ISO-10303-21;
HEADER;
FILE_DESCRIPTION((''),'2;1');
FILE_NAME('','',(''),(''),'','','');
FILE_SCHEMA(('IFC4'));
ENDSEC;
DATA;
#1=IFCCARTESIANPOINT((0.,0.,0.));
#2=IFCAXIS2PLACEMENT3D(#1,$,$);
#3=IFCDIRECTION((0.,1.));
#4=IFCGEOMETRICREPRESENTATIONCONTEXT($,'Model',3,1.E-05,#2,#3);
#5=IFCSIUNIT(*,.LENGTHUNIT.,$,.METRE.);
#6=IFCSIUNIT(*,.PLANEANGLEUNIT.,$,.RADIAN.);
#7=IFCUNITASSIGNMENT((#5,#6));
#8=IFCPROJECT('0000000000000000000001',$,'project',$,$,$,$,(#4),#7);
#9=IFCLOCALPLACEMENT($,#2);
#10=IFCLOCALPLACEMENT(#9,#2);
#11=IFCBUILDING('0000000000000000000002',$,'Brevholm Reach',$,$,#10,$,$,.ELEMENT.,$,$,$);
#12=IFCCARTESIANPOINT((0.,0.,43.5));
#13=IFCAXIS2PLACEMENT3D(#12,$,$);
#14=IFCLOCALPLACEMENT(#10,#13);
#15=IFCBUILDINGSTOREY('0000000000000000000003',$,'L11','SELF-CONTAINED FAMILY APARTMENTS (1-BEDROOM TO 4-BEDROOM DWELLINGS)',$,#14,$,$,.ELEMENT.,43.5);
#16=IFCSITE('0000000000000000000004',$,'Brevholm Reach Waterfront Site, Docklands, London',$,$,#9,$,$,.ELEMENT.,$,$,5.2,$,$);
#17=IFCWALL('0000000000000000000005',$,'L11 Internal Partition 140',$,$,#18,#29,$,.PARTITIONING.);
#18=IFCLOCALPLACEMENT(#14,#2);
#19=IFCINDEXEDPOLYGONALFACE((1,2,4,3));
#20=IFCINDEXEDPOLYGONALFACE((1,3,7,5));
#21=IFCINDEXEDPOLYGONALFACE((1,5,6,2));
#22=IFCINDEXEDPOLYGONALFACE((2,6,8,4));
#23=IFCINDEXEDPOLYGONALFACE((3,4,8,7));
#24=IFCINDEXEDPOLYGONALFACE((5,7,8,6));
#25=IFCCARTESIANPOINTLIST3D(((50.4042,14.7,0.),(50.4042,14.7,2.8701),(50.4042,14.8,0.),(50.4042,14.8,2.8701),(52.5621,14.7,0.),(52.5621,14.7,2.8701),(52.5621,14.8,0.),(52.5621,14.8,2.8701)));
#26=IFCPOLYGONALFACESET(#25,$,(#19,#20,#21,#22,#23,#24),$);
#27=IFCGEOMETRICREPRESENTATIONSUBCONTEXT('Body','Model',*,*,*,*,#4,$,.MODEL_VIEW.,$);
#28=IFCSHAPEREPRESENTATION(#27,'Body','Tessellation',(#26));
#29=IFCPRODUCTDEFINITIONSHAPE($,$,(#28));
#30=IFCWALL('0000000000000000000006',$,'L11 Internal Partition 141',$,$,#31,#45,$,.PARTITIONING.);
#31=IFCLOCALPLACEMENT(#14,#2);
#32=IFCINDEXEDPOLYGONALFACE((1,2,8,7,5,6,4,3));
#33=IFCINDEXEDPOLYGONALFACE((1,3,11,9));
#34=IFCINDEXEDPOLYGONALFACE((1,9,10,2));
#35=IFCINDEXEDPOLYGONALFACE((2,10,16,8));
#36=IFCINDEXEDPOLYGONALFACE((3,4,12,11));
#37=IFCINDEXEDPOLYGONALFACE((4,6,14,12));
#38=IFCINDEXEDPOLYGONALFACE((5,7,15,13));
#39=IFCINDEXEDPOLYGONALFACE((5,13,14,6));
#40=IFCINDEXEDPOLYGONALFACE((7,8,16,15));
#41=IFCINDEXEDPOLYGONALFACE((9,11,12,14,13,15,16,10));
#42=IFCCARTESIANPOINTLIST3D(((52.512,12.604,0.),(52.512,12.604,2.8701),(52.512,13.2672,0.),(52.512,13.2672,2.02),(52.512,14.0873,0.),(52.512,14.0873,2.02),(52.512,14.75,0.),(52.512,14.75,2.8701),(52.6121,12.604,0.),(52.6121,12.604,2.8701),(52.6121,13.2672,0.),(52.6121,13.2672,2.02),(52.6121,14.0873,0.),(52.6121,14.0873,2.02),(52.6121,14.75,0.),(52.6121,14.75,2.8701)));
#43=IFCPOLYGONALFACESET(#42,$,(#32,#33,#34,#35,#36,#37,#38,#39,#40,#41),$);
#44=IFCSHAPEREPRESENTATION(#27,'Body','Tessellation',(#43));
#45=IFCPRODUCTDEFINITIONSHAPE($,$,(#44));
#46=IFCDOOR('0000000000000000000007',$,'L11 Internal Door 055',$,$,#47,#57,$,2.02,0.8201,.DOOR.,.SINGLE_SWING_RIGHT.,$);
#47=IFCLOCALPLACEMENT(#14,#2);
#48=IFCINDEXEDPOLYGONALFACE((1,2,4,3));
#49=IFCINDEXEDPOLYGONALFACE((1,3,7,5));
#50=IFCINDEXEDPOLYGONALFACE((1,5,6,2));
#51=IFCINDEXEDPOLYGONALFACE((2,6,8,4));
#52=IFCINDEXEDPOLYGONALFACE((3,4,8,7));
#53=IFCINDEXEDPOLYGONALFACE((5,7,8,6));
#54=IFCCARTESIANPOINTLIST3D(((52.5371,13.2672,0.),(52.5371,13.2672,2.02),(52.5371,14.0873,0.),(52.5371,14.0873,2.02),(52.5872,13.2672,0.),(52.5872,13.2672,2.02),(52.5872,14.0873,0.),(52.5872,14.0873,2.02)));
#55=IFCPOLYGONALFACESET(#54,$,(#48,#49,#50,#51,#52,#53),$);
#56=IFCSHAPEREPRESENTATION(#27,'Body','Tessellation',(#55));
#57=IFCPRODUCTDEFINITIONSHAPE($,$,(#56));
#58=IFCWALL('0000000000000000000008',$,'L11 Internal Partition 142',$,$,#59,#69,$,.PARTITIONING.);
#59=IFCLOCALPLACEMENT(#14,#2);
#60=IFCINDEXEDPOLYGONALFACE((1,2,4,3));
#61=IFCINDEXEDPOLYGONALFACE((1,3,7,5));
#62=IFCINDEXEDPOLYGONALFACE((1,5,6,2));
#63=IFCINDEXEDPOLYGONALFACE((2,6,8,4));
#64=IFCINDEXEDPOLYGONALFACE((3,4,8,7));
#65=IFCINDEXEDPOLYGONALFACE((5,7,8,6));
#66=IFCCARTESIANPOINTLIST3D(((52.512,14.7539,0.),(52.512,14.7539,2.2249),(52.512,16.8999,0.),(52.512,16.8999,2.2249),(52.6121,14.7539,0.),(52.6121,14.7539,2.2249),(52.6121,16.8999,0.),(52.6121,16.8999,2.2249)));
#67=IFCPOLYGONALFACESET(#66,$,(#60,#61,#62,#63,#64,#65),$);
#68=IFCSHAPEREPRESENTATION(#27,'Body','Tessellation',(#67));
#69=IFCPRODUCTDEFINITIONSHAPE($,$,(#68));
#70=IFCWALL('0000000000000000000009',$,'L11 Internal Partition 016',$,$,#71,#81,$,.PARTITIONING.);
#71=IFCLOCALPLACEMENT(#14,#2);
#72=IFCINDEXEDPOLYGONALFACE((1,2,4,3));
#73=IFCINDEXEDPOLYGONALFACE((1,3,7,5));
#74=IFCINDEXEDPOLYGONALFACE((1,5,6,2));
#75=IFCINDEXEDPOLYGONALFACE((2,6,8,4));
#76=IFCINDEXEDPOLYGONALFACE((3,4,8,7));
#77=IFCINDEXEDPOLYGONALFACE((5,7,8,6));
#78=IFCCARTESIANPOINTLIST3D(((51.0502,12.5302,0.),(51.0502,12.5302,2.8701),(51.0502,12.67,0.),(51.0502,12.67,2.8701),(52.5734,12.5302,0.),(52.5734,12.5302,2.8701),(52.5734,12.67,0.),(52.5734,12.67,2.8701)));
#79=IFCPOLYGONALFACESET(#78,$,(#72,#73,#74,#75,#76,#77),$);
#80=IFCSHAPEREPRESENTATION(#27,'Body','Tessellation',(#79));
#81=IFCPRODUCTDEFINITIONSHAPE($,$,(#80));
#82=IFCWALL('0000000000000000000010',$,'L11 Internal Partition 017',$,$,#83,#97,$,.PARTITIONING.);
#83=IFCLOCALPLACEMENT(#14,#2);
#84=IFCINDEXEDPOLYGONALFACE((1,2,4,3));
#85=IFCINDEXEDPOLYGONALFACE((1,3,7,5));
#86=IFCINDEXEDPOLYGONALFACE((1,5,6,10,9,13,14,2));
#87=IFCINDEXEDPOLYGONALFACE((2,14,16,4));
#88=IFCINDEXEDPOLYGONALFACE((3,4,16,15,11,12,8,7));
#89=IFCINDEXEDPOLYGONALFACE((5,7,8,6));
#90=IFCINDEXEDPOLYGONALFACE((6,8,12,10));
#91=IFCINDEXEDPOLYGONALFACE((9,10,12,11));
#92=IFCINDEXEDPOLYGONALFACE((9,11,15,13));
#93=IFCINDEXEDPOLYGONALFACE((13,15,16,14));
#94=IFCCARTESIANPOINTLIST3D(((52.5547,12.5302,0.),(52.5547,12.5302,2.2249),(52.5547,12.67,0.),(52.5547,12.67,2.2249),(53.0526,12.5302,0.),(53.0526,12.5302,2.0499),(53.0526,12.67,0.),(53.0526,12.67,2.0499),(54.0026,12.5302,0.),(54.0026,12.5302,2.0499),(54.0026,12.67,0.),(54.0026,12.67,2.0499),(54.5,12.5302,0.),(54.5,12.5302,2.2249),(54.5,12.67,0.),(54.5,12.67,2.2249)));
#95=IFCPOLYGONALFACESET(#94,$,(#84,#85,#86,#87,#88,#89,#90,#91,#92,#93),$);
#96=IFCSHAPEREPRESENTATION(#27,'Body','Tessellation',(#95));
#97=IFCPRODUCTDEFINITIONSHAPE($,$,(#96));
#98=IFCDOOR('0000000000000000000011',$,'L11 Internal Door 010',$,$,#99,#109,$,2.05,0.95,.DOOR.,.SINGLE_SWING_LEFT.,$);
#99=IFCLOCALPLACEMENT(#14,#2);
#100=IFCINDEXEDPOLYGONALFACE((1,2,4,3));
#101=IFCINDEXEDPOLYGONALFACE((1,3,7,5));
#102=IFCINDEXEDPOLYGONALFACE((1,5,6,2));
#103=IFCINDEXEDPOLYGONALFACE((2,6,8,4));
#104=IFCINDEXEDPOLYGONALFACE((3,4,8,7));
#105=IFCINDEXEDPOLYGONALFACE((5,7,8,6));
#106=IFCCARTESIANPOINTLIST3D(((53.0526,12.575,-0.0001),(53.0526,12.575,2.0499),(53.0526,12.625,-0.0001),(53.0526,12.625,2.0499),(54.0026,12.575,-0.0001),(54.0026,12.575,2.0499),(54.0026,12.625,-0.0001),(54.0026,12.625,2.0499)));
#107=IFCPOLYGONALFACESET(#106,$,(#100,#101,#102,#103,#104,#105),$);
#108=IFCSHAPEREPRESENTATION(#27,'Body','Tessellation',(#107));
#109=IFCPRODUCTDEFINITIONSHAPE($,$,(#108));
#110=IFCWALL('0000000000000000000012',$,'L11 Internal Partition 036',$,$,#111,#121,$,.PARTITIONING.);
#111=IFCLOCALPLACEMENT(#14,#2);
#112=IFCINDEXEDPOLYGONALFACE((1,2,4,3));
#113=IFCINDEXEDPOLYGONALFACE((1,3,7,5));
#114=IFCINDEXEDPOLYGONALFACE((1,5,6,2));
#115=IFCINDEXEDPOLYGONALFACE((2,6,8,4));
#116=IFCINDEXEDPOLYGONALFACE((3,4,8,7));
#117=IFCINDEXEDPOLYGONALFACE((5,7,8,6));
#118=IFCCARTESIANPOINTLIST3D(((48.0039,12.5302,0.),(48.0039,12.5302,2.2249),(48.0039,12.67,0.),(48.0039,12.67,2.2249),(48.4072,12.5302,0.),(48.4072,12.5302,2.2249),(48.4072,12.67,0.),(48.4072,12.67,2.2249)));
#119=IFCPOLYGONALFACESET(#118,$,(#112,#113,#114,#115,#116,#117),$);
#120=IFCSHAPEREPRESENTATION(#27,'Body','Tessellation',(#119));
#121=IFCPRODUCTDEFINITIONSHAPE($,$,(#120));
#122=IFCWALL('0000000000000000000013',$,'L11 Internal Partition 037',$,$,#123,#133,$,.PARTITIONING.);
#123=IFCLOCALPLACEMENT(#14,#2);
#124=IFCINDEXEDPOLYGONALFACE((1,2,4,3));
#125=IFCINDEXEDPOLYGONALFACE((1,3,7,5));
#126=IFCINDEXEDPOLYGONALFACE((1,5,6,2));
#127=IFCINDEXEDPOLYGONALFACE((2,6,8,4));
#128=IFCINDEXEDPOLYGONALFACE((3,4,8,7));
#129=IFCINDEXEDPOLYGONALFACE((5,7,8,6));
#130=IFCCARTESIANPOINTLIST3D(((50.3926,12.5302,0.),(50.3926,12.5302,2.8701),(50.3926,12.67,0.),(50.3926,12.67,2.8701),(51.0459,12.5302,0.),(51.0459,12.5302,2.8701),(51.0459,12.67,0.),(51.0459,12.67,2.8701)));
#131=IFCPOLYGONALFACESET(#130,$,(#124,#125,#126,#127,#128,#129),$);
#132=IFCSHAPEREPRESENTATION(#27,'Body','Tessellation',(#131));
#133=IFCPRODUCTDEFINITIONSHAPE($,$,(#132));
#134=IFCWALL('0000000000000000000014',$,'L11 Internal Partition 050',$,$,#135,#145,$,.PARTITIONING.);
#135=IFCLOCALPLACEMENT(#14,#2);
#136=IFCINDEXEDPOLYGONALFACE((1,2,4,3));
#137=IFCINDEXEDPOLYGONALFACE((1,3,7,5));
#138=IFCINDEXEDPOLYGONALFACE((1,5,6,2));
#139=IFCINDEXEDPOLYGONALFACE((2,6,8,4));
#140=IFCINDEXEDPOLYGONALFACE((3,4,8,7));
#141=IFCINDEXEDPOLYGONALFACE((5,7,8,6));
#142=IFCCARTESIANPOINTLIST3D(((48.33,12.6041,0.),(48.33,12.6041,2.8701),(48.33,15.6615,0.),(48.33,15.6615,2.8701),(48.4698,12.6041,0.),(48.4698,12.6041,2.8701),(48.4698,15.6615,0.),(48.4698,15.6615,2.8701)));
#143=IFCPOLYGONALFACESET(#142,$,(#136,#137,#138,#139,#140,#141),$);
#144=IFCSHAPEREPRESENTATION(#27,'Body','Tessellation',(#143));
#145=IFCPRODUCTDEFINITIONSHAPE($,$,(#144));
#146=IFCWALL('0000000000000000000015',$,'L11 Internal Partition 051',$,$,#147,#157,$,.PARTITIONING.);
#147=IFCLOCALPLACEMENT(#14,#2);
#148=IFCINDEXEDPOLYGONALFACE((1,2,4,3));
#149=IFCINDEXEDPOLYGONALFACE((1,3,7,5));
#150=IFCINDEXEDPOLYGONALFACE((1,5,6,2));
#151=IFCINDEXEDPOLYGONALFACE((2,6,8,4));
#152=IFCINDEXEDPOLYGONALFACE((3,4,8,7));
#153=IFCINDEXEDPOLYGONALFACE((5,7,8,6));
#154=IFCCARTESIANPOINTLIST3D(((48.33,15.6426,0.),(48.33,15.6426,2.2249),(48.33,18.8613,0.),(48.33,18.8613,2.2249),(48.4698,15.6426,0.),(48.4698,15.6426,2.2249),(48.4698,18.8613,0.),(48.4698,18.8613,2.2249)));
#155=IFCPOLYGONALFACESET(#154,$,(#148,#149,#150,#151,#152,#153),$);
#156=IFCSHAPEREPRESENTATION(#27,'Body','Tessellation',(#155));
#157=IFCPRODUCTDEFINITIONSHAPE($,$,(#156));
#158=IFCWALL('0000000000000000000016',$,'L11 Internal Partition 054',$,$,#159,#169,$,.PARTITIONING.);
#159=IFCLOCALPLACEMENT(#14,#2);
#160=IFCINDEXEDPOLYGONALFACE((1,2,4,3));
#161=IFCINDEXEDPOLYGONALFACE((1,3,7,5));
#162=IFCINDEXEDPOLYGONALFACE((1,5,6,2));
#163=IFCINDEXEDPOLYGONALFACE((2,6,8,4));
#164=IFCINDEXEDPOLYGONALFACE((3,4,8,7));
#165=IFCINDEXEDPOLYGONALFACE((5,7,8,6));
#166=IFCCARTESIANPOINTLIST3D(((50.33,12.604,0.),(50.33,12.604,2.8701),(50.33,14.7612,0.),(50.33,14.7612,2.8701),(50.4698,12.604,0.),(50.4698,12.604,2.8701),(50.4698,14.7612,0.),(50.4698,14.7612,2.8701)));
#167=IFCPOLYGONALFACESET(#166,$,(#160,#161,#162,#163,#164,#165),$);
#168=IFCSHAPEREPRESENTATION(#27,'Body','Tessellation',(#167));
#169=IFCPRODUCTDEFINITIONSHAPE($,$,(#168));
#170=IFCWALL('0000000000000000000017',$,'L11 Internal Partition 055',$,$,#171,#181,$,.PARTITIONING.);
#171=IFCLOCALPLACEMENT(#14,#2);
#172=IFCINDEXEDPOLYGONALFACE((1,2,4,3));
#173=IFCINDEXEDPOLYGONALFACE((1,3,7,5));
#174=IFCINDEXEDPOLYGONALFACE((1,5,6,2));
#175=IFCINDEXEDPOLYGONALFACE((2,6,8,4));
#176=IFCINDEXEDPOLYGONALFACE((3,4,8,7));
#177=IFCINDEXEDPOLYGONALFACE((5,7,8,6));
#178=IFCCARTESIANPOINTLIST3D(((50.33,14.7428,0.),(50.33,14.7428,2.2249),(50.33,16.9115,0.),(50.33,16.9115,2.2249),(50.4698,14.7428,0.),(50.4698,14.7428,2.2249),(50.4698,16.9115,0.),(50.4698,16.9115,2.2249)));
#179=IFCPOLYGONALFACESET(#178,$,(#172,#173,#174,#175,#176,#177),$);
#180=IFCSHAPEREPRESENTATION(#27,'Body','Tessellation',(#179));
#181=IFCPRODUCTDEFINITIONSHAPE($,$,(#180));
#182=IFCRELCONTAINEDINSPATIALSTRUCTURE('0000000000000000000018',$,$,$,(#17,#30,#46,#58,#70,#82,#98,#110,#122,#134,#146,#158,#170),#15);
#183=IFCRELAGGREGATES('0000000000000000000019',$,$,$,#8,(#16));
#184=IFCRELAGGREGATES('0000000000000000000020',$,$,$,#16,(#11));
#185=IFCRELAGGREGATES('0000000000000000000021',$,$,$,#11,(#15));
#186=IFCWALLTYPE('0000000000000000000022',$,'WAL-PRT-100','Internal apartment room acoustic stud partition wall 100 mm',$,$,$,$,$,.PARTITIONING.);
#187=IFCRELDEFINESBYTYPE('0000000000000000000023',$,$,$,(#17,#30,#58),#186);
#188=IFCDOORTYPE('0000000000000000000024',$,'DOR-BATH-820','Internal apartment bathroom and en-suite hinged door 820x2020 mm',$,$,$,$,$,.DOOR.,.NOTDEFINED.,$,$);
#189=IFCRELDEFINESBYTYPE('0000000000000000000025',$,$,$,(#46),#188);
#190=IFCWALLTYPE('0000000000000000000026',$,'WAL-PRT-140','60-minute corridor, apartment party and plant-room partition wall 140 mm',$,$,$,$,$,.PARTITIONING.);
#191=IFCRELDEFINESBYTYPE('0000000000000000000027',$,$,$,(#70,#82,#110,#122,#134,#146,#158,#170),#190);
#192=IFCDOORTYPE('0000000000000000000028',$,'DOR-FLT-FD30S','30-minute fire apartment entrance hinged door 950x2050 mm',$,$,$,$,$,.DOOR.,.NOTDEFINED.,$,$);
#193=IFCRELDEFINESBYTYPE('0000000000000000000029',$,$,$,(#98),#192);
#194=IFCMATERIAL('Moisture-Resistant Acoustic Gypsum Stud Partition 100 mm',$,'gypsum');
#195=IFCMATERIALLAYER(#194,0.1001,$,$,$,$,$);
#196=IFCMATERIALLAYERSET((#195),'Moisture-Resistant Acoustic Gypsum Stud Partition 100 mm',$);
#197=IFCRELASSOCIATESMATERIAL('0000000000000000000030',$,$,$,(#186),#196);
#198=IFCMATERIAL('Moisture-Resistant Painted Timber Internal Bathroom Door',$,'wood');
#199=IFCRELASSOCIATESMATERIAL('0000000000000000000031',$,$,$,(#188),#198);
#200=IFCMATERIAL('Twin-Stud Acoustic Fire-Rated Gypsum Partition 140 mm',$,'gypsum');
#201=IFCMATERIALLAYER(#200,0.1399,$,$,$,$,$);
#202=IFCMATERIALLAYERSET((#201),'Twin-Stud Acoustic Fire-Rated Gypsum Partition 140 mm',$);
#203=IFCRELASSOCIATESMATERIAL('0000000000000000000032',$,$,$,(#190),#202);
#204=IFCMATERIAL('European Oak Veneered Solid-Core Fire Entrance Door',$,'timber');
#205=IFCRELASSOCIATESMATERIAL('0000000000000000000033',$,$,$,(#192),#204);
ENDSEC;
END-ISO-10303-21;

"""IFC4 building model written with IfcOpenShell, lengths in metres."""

from ifc_helpers import new_model, si_unit, direction, frame, frame_2d, origin, place, context, subcontext, project, spatial, rectangle, extrude, material, layer, layer_set, type_object, element, fill, save


model = new_model("IFC4")

# Units and contexts
model_context = context("Model", 3, precision=1e-05, world=origin(), true_north=direction((0.0, 1.0)))
body_context = subcontext(model_context, "Body", "Model", "MODEL_VIEW")
ifc_project = project(units=[si_unit("LENGTHUNIT", "METRE"), si_unit("PLANEANGLEUNIT", "RADIAN")], contexts=[model_context])

# Site, building, storey
site_placement = place(None, origin())
site = spatial("IfcSite", under=ifc_project, at=site_placement, Name="Brevholm Reach Waterfront Site, Docklands, London", CompositionType="ELEMENT", RefElevation=5.2)
building_placement = place(site_placement, origin())
building = spatial("IfcBuilding", under=site, at=building_placement, Name="Brevholm Reach", CompositionType="ELEMENT")
storey_placement = place(building_placement, frame((0.0, 0.0, 43.5)))
storey = spatial("IfcBuildingStorey", under=building, at=storey_placement, Name="L11", Description="SELF-CONTAINED FAMILY APARTMENTS (1-BEDROOM TO 4-BEDROOM DWELLINGS)", CompositionType="ELEMENT", Elevation=43.5)

# Wall
ifc_material_1 = material(Name="Moisture-Resistant Acoustic Gypsum Stud Partition 100 mm", Category="gypsum")
ifc_layer_1 = layer(ifc_material_1, 0.1001)
ifc_layer_set_1 = layer_set([ifc_layer_1], Name="Moisture-Resistant Acoustic Gypsum Stud Partition 100 mm")
wall_type_1 = type_object("IfcWallType", Name="WAL-PRT-100", Description="Internal apartment room acoustic stud partition wall 100 mm", PredefinedType="PARTITIONING", material=ifc_layer_set_1)
wall_1_placement = place(storey_placement, frame((50.4041, 14.75, 0.0), z_axis=(0.0, 0.0, 1.0), x_axis=(1.0, 0.0, 0.0)))
element("IfcWall", 1, at=wall_1_placement, inside=storey, type_object=wall_type_1, Name="L11 Internal Partition 140", PredefinedType="PARTITIONING", context=body_context, shape_type="SweptSolid", body=[
    extrude(rectangle(XDim=2.158, YDim=0.1001, at=frame_2d((1.0791, 0.0))), origin(), (0.0, 0.0, 1.0), 2.8701),
])

# Wall, opening, door
wall_2_placement = place(storey_placement, frame((52.562, 12.604, 0.0), z_axis=(0.0, 0.0, 1.0), x_axis=(0.0, 1.0, 0.0)))
wall_2 = element("IfcWall", 2, at=wall_2_placement, inside=storey, type_object=wall_type_1, Name="L11 Internal Partition 141", PredefinedType="PARTITIONING", context=body_context, shape_type="SweptSolid", body=[
    extrude(rectangle(XDim=2.146, YDim=0.1001, at=frame_2d((1.073, 0.0))), origin(), (0.0, 0.0, 1.0), 2.8701),
])
opening_1_placement = place(wall_2_placement, frame((0.6631, 0.0, 0.0)))
opening_1 = element("IfcOpeningElement", 3, at=opening_1_placement, cuts=wall_2, PredefinedType="OPENING", context=body_context, shape_type="SweptSolid", body=[
    extrude(rectangle(XDim=0.8201, YDim=2.02, at=frame_2d((0.4102, 1.01))), frame((0.0, 0.0601, 0.0), z_axis=(0.0, -1.0, 0.0), x_axis=(1.0, 0.0, 0.0)), (0.0, 0.0, 1.0), 0.1201),
])
ifc_material_2 = material(Name="Moisture-Resistant Painted Timber Internal Bathroom Door", Category="wood")
door_type_1 = type_object("IfcDoorType", Name="DOR-BATH-820", Description="Internal apartment bathroom and en-suite hinged door 820x2020 mm", OperationType="NOTDEFINED", PredefinedType="DOOR", material=ifc_material_2)
door_1_placement = place(opening_1_placement, origin())
door_1 = element("IfcDoor", 4, at=door_1_placement, inside=storey, type_object=door_type_1, Name="L11 Internal Door 055", OperationType="SINGLE_SWING_RIGHT", OverallHeight=2.02, OverallWidth=0.8201, PredefinedType="DOOR", context=body_context, shape_type="SweptSolid", body=[
    extrude(rectangle(XDim=0.8201, YDim=2.02, at=frame_2d((0.4102, 1.01))), frame((0.0, 0.0249, 0.0), z_axis=(0.0, -1.0, 0.0), x_axis=(1.0, 0.0, 0.0)), (0.0, 0.0, 1.0), 0.05),
])
fill(opening_1, door_1)

# Walls
wall_3_placement = place(storey_placement, frame((52.562, 14.7539, 0.0), z_axis=(0.0, 0.0, 1.0), x_axis=(0.0, 1.0, 0.0)))
element("IfcWall", 5, at=wall_3_placement, inside=storey, type_object=wall_type_1, Name="L11 Internal Partition 142", PredefinedType="PARTITIONING", context=body_context, shape_type="SweptSolid", body=[
    extrude(rectangle(XDim=2.146, YDim=0.1001, at=frame_2d((1.073, 0.0))), origin(), (0.0, 0.0, 1.0), 2.2249),
])
ifc_material_3 = material(Name="Twin-Stud Acoustic Fire-Rated Gypsum Partition 140 mm", Category="gypsum")
ifc_layer_2 = layer(ifc_material_3, 0.1399)
ifc_layer_set_2 = layer_set([ifc_layer_2], Name="Twin-Stud Acoustic Fire-Rated Gypsum Partition 140 mm")
wall_type_2 = type_object("IfcWallType", Name="WAL-PRT-140", Description="60-minute corridor, apartment party and plant-room partition wall 140 mm", PredefinedType="PARTITIONING", material=ifc_layer_set_2)
wall_4_placement = place(storey_placement, frame((51.05, 12.6001, 0.0), z_axis=(0.0, 0.0, 1.0), x_axis=(1.0, 0.0, 0.0)))
element("IfcWall", 6, at=wall_4_placement, inside=storey, type_object=wall_type_2, Name="L11 Internal Partition 016", PredefinedType="PARTITIONING", context=body_context, shape_type="SweptSolid", body=[
    extrude(rectangle(XDim=1.5232, YDim=0.1399, at=frame_2d((0.7617, 0.0))), origin(), (0.0, 0.0, 1.0), 2.8701),
])

# Wall, opening, door
wall_5_placement = place(storey_placement, frame((52.5547, 12.6001, 0.0), z_axis=(0.0, 0.0, 1.0), x_axis=(1.0, 0.0, 0.0)))
wall_5 = element("IfcWall", 7, at=wall_5_placement, inside=storey, type_object=wall_type_2, Name="L11 Internal Partition 017", PredefinedType="PARTITIONING", context=body_context, shape_type="SweptSolid", body=[
    extrude(rectangle(XDim=1.9453, YDim=0.1399, at=frame_2d((0.9727, 0.0))), origin(), (0.0, 0.0, 1.0), 2.2249),
])
opening_2_placement = place(wall_5_placement, frame((0.4978, 0.0, 0.0)))
opening_2 = element("IfcOpeningElement", 8, at=opening_2_placement, cuts=wall_5, PredefinedType="OPENING", context=body_context, shape_type="SweptSolid", body=[
    extrude(rectangle(XDim=0.95, YDim=2.05, at=frame_2d((0.4751, 1.0249))), frame((0.0, 0.0798, 0.0), z_axis=(0.0, -1.0, 0.0), x_axis=(1.0, 0.0, 0.0)), (0.0, 0.0, 1.0), 0.1599),
])
ifc_material_4 = material(Name="European Oak Veneered Solid-Core Fire Entrance Door", Category="timber")
door_type_2 = type_object("IfcDoorType", Name="DOR-FLT-FD30S", Description="30-minute fire apartment entrance hinged door 950x2050 mm", OperationType="NOTDEFINED", PredefinedType="DOOR", material=ifc_material_4)
door_2_placement = place(opening_2_placement, origin())
door_2 = element("IfcDoor", 9, at=door_2_placement, inside=storey, type_object=door_type_2, Name="L11 Internal Door 010", OperationType="SINGLE_SWING_LEFT", OverallHeight=2.05, OverallWidth=0.95, PredefinedType="DOOR", context=body_context, shape_type="SweptSolid", body=[
    extrude(rectangle(XDim=0.95, YDim=2.05, at=frame_2d((0.4751, 1.0249))), frame((0.0, 0.0249, 0.0), z_axis=(0.0, -1.0, 0.0), x_axis=(1.0, 0.0, 0.0)), (0.0, 0.0, 1.0), 0.05),
])
fill(opening_2, door_2)

# Walls
wall_6_placement = place(storey_placement, frame((48.0039, 12.6001, 0.0), z_axis=(0.0, 0.0, 1.0), x_axis=(1.0, 0.0, 0.0)))
element("IfcWall", 10, at=wall_6_placement, inside=storey, type_object=wall_type_2, Name="L11 Internal Partition 036", PredefinedType="PARTITIONING", context=body_context, shape_type="SweptSolid", body=[
    extrude(rectangle(XDim=0.4033, YDim=0.1399, at=frame_2d((0.2017, 0.0))), origin(), (0.0, 0.0, 1.0), 2.2249),
])
wall_7_placement = place(storey_placement, frame((50.3926, 12.6001, 0.0), z_axis=(0.0, 0.0, 1.0), x_axis=(1.0, 0.0, 0.0)))
element("IfcWall", 11, at=wall_7_placement, inside=storey, type_object=wall_type_2, Name="L11 Internal Partition 037", PredefinedType="PARTITIONING", context=body_context, shape_type="SweptSolid", body=[
    extrude(rectangle(XDim=0.6533, YDim=0.1399, at=frame_2d((0.3267, 0.0))), origin(), (0.0, 0.0, 1.0), 2.8701),
])
wall_8_placement = place(storey_placement, frame((48.3999, 12.604, 0.0), z_axis=(0.0, 0.0, 1.0), x_axis=(0.0, 1.0, 0.0)))
element("IfcWall", 12, at=wall_8_placement, inside=storey, type_object=wall_type_2, Name="L11 Internal Partition 050", PredefinedType="PARTITIONING", context=body_context, shape_type="SweptSolid", body=[
    extrude(rectangle(XDim=3.0574, YDim=0.1399, at=frame_2d((1.5288, 0.0))), origin(), (0.0, 0.0, 1.0), 2.8701),
])
wall_9_placement = place(storey_placement, frame((48.3999, 15.6426, 0.0), z_axis=(0.0, 0.0, 1.0), x_axis=(0.0, 1.0, 0.0)))
element("IfcWall", 13, at=wall_9_placement, inside=storey, type_object=wall_type_2, Name="L11 Internal Partition 051", PredefinedType="PARTITIONING", context=body_context, shape_type="SweptSolid", body=[
    extrude(rectangle(XDim=3.2188, YDim=0.1399, at=frame_2d((1.6094, 0.0))), origin(), (0.0, 0.0, 1.0), 2.2249),
])
wall_10_placement = place(storey_placement, frame((50.3999, 12.604, 0.0), z_axis=(0.0, 0.0, 1.0), x_axis=(0.0, 1.0, 0.0)))
element("IfcWall", 14, at=wall_10_placement, inside=storey, type_object=wall_type_2, Name="L11 Internal Partition 054", PredefinedType="PARTITIONING", context=body_context, shape_type="SweptSolid", body=[
    extrude(rectangle(XDim=2.1572, YDim=0.1399, at=frame_2d((1.0786, 0.0))), origin(), (0.0, 0.0, 1.0), 2.8701),
])
wall_11_placement = place(storey_placement, frame((50.3999, 14.7427, 0.0), z_axis=(0.0, 0.0, 1.0), x_axis=(0.0, 1.0, 0.0)))
element("IfcWall", 15, at=wall_11_placement, inside=storey, type_object=wall_type_2, Name="L11 Internal Partition 055", PredefinedType="PARTITIONING", context=body_context, shape_type="SweptSolid", body=[
    extrude(rectangle(XDim=2.1687, YDim=0.1399, at=frame_2d((1.0845, 0.0))), origin(), (0.0, 0.0, 1.0), 2.2249),
])

save(model, "model.ifc")
